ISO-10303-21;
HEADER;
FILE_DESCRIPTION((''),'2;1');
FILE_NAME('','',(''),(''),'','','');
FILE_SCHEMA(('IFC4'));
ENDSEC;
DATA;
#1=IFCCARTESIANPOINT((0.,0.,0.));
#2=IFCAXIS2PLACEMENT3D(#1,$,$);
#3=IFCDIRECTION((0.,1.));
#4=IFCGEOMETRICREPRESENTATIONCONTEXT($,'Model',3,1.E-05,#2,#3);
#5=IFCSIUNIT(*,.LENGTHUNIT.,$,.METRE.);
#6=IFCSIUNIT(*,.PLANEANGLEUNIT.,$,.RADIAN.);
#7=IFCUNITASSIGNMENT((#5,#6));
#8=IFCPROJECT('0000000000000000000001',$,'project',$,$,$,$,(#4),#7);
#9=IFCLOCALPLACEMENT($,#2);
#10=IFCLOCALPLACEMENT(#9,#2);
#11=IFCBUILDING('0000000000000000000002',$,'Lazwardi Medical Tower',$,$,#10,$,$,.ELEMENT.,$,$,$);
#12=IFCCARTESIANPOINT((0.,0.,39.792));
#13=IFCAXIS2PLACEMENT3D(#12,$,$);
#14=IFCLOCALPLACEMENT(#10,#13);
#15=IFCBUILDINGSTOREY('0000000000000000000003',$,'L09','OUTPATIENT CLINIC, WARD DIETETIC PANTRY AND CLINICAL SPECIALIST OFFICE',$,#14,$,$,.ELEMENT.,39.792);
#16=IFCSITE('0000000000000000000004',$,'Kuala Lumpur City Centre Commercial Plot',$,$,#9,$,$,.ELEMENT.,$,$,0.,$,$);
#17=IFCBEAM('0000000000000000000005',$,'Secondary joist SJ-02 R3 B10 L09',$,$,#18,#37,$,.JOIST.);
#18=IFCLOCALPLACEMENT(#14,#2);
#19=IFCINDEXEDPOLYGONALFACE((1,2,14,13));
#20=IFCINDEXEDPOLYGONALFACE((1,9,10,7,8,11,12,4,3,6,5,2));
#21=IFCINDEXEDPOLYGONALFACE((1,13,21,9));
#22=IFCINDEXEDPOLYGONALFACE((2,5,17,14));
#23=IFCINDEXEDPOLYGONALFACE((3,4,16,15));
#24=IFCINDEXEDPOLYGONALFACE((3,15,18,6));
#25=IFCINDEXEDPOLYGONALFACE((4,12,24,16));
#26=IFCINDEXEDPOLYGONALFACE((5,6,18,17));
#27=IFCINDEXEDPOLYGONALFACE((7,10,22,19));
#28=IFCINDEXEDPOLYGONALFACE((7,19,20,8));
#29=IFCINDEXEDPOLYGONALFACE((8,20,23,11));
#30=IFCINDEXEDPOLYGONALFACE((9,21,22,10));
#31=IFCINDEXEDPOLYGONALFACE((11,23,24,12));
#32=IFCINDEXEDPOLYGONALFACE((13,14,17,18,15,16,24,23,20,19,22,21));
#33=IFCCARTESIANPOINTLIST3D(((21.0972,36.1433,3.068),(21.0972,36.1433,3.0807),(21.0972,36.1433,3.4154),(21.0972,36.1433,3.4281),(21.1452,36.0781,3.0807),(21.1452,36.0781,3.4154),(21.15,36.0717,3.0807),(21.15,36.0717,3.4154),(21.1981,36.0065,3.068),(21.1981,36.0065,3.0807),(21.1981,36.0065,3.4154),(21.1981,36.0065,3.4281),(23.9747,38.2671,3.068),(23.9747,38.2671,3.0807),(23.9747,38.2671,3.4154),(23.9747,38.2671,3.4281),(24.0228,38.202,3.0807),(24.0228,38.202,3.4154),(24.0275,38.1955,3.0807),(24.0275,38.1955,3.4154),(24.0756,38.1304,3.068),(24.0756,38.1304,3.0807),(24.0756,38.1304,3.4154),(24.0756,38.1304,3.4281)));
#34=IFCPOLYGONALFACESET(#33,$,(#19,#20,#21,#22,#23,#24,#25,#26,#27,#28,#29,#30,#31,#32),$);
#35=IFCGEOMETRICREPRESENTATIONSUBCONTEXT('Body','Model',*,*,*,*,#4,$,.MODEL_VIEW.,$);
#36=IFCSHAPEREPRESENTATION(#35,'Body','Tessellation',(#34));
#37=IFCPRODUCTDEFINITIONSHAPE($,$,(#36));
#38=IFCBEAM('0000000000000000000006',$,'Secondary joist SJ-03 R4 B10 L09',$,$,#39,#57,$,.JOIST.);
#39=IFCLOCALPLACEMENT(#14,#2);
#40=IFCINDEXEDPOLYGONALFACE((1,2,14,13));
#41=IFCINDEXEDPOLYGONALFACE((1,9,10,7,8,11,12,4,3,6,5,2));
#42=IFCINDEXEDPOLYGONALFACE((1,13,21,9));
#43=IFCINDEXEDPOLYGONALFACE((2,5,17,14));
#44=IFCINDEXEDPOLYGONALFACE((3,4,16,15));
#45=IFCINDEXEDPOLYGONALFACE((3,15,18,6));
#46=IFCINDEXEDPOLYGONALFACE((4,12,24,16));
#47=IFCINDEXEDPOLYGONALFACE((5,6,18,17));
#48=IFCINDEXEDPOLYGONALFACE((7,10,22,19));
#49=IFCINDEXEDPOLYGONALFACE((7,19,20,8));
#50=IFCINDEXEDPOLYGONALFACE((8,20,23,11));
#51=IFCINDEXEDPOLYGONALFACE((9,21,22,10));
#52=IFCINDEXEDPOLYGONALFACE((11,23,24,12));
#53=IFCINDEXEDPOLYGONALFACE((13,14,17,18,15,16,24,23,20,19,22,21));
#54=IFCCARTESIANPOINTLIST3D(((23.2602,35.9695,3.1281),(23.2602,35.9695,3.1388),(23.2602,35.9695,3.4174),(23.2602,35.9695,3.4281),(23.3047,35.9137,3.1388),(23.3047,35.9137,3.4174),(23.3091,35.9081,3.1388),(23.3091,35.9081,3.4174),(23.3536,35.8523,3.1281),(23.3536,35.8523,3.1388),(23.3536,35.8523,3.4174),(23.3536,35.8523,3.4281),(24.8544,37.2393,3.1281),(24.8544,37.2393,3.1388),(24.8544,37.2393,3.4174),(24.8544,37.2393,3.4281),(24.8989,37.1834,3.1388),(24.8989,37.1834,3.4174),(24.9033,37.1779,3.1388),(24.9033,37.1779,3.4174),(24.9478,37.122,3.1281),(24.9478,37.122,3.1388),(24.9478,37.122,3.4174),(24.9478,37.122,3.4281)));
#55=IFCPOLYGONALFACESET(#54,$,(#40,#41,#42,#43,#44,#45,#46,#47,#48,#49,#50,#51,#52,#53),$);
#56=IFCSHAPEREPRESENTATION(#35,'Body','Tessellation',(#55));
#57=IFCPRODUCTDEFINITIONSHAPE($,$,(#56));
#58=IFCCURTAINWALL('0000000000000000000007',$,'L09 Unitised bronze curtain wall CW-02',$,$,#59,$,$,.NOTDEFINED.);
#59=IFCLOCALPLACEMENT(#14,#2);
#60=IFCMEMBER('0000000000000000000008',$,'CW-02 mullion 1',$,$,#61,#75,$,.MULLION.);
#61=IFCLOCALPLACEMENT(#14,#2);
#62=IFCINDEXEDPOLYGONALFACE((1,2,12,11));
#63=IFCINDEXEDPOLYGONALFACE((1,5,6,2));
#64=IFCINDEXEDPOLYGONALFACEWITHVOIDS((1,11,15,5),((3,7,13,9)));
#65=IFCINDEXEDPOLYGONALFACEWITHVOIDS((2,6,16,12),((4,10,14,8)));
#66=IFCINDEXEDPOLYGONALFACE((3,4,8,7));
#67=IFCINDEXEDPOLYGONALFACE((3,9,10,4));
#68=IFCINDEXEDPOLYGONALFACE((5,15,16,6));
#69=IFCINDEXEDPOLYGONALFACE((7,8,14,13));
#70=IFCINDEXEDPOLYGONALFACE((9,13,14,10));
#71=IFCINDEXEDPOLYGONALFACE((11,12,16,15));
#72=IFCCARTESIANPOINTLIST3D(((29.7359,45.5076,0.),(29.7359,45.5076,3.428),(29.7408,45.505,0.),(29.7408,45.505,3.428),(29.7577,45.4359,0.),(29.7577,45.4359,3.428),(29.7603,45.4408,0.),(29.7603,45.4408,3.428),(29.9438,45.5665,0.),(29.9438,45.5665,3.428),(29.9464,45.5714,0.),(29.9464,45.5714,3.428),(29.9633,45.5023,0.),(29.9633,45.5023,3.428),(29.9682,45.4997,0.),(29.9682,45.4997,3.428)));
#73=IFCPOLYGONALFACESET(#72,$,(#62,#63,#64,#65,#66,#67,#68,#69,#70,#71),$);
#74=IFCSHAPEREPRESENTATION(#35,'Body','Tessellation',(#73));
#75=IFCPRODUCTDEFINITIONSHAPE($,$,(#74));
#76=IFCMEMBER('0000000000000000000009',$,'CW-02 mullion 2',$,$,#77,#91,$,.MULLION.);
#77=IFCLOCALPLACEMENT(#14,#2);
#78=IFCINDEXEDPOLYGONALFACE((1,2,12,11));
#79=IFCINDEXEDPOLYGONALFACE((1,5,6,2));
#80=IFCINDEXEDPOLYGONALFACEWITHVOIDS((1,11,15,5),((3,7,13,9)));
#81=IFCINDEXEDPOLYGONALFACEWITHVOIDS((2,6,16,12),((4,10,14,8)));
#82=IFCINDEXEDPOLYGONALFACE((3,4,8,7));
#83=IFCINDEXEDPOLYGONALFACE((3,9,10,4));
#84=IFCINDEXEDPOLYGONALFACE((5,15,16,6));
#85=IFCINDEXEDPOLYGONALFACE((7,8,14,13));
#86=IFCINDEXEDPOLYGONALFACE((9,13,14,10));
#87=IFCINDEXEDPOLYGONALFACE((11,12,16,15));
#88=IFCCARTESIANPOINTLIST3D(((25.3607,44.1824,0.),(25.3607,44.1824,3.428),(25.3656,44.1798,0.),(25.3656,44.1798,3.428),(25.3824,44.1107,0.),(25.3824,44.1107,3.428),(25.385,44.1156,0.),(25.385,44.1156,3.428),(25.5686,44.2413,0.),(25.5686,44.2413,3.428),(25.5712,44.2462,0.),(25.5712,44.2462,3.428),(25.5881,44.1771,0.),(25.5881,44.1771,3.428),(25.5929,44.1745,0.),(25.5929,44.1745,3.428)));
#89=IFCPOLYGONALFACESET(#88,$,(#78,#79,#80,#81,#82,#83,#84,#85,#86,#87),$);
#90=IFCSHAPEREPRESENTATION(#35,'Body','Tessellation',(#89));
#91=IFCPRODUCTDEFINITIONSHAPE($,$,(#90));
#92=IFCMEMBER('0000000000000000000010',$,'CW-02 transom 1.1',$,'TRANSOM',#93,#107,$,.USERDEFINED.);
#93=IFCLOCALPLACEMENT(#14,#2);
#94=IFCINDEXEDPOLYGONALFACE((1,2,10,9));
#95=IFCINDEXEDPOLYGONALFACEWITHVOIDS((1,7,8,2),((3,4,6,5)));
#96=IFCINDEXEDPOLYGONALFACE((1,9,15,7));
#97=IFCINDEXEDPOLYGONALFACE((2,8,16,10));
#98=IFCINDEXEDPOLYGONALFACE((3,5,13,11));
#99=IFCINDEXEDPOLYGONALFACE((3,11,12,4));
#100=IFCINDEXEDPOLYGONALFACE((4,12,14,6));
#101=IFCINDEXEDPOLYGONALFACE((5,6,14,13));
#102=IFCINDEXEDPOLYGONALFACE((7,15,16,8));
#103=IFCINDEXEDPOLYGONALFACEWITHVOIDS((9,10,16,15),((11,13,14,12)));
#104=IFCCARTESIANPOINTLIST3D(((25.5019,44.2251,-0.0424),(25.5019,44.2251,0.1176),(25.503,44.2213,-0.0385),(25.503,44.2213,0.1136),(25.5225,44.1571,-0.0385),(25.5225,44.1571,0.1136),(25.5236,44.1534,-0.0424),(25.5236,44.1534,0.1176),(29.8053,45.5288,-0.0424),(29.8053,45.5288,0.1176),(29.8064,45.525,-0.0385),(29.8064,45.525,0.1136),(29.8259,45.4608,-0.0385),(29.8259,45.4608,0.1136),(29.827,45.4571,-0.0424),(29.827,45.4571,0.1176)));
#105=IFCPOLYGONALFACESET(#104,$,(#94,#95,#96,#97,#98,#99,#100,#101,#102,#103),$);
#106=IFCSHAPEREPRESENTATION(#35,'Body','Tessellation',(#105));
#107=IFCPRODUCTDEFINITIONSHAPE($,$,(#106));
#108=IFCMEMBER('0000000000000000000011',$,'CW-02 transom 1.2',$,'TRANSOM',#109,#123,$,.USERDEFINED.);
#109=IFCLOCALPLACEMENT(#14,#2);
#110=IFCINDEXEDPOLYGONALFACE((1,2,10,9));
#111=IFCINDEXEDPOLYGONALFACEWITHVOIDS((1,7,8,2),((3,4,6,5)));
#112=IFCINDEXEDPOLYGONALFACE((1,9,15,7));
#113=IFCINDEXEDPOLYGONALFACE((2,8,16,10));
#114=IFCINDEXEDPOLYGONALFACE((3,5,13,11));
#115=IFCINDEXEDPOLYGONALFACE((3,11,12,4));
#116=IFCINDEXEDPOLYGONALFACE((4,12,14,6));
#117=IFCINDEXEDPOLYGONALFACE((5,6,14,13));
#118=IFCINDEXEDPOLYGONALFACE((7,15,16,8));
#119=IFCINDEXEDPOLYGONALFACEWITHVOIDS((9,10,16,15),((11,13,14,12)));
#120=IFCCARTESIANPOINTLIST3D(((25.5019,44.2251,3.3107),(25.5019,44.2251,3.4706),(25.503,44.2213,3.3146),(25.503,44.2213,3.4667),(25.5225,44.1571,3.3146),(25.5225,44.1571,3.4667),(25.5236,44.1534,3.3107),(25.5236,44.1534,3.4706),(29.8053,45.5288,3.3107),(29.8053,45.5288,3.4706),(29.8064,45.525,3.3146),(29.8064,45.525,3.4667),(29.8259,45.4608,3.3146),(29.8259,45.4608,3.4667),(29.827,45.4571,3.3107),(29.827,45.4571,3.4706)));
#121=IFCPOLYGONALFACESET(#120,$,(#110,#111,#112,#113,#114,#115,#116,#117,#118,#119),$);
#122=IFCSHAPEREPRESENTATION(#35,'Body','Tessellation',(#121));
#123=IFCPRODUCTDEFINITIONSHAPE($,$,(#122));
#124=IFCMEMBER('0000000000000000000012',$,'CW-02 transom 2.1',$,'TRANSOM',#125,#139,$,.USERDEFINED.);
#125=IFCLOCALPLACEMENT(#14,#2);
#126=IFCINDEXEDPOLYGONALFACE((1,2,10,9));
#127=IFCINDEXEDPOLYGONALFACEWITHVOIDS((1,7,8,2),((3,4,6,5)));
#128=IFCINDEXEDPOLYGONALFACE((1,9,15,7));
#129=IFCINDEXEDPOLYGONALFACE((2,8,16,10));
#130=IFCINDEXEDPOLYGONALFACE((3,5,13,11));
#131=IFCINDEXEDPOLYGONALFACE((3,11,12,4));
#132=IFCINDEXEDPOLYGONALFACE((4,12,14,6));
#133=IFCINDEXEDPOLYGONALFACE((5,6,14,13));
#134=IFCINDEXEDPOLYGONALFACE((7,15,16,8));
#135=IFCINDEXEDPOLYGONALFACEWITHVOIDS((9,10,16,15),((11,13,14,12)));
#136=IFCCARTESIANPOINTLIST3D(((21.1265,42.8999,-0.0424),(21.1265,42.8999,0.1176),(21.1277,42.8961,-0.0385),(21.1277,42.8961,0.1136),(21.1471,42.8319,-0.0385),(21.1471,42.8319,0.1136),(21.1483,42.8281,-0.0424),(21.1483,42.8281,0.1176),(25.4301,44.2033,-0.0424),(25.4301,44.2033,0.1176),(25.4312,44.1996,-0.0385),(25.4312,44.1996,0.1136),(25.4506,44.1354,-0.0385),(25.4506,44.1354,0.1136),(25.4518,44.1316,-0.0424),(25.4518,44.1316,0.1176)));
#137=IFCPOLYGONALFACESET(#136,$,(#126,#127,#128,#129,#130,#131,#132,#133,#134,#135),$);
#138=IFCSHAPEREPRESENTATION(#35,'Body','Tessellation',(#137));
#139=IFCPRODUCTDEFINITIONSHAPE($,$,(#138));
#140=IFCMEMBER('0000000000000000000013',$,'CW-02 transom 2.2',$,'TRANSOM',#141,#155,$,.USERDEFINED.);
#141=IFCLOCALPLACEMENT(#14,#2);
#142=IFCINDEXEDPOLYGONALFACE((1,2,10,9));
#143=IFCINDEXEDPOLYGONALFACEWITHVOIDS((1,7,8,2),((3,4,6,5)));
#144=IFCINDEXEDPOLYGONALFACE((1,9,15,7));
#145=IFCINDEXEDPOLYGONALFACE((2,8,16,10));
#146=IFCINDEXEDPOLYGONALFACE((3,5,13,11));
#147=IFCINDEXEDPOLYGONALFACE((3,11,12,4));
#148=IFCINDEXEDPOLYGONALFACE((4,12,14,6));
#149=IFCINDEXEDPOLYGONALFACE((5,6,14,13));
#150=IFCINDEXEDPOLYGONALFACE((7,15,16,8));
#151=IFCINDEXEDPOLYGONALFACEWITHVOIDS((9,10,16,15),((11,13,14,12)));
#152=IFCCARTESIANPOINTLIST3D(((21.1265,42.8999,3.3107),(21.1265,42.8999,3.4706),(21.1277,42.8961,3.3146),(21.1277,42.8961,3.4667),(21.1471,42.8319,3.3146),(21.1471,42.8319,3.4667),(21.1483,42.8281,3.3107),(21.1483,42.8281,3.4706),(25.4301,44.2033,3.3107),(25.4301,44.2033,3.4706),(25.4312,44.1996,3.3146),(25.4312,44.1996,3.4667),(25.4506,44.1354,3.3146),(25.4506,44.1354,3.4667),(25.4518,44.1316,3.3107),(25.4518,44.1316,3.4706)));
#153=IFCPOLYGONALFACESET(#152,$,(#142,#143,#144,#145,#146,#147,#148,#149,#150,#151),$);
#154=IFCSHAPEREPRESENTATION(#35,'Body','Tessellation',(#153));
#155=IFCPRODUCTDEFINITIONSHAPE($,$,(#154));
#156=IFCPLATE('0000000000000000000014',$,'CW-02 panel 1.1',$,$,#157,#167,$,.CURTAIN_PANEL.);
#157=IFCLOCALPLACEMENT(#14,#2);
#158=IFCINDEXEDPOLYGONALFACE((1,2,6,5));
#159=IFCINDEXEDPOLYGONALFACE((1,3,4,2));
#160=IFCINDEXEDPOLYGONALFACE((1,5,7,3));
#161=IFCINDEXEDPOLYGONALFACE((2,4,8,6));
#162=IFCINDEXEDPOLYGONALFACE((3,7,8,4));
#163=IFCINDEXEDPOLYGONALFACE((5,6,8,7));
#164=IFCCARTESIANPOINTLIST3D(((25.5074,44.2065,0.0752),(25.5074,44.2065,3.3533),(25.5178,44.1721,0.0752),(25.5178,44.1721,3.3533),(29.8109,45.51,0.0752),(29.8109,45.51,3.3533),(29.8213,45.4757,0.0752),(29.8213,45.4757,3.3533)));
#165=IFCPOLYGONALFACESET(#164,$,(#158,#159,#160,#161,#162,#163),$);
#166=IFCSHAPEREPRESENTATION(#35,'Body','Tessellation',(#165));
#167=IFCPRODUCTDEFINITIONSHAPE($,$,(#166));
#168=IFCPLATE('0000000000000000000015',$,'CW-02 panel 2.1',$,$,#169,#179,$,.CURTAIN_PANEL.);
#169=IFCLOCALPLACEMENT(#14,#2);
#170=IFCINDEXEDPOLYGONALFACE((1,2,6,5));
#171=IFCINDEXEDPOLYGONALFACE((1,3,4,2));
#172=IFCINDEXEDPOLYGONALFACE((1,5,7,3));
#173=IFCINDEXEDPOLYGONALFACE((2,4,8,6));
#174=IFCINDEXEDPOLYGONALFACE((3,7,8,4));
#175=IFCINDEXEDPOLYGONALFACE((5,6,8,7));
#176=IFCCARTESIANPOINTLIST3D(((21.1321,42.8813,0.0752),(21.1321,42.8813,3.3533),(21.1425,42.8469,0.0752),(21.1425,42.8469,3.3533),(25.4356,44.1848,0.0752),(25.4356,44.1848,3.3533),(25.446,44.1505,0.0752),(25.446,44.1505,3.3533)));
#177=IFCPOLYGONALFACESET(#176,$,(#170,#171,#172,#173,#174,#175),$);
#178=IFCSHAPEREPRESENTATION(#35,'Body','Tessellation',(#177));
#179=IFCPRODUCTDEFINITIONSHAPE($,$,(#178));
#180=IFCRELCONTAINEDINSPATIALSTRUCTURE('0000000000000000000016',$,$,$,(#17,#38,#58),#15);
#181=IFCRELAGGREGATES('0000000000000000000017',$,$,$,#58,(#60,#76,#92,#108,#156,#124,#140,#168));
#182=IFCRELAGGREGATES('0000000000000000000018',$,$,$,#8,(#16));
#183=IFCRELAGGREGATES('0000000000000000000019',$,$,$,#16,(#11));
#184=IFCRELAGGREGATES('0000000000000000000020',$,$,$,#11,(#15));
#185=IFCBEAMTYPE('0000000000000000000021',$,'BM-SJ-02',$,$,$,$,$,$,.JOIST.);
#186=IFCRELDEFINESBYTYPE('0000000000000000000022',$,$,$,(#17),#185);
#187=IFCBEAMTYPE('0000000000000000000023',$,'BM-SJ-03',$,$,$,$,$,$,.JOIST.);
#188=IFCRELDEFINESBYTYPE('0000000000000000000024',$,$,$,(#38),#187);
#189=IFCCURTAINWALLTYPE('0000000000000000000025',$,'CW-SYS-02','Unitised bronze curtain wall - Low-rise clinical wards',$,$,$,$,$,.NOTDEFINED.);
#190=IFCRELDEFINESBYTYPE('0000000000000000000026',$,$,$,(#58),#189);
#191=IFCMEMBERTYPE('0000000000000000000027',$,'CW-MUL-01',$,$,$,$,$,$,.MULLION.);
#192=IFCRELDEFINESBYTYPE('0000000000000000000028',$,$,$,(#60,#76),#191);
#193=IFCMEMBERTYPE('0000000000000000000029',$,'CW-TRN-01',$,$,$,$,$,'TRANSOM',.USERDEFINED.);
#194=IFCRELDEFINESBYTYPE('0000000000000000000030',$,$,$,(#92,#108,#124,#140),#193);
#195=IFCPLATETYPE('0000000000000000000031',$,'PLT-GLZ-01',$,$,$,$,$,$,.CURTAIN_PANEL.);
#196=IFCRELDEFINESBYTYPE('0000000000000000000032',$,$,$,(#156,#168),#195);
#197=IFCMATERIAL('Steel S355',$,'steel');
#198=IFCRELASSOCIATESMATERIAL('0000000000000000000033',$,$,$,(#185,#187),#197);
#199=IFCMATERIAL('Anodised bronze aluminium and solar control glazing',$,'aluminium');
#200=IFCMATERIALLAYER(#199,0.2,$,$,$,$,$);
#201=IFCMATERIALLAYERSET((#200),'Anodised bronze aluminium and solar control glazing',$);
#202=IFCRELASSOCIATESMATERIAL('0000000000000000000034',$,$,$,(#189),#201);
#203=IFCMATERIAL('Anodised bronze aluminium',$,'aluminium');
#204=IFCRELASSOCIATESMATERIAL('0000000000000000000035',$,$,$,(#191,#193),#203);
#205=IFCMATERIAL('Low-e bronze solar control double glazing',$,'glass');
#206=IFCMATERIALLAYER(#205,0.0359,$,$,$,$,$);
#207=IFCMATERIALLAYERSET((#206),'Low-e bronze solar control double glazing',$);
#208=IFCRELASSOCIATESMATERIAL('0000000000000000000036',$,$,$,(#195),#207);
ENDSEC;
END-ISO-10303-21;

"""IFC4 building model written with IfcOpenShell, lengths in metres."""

from ifc_helpers import new_model, si_unit, direction, frame, origin, origin_2d, place, context, subcontext, project, spatial, rectangle, hollow_rectangle, i_section, extrude, material, layer, layer_set, material_profile, profile_set, type_object, element, aggregate, save


model = new_model("IFC4")

# Units and contexts
model_context = context("Model", 3, precision=1e-05, world=origin(), true_north=direction((0.0, 1.0)))
body_context = subcontext(model_context, "Body", "Model", "MODEL_VIEW")
ifc_project = project(units=[si_unit("LENGTHUNIT", "METRE"), si_unit("PLANEANGLEUNIT", "RADIAN")], contexts=[model_context])

# Site, building, storey
site_placement = place(None, origin())
site = spatial("IfcSite", under=ifc_project, at=site_placement, Name="Kuala Lumpur City Centre Commercial Plot", CompositionType="ELEMENT", RefElevation=0.0)
building_placement = place(site_placement, origin())
building = spatial("IfcBuilding", under=site, at=building_placement, Name="Lazwardi Medical Tower", CompositionType="ELEMENT")
storey_placement = place(building_placement, frame((0.0, 0.0, 39.792)))
storey = spatial("IfcBuildingStorey", under=building, at=storey_placement, Name="L09", Description="OUTPATIENT CLINIC, WARD DIETETIC PANTRY AND CLINICAL SPECIALIST OFFICE", CompositionType="ELEMENT", Elevation=39.792)

# Beams
ifc_material_1 = material(Name="Steel S355", Category="steel")
ifc_material_profile_1 = material_profile(ifc_material_1, i_section(OverallWidth=0.1699, OverallDepth=0.3601, WebThickness=0.0081, FlangeThickness=0.0127, at=origin_2d()), Name="IPE 360")
ifc_profile_set_1 = profile_set([ifc_material_profile_1], Name="Steel S355")
beam_type_1 = type_object("IfcBeamType", Name="BM-SJ-02", PredefinedType="JOIST", material=ifc_profile_set_1)
beam_1_placement = place(storey_placement, frame((24.0251, 38.1987, 3.248), z_axis=(-0.80458, -0.593844, 0.0), x_axis=(0.593844, -0.80458, 0.0)))
element("IfcBeam", 1, at=beam_1_placement, inside=storey, type_object=beam_type_1, Name="Secondary joist SJ-02 R3 B10 L09", PredefinedType="JOIST", context=body_context, shape_type="SweptSolid", body=[
    extrude(i_section(OverallWidth=0.1699, OverallDepth=0.3601, WebThickness=0.0081, FlangeThickness=0.0127, at=origin_2d()), origin(), (0.0, 0.0, 1.0), 3.5764),
])
ifc_material_profile_2 = material_profile(ifc_material_1, i_section(OverallWidth=0.1499, OverallDepth=0.3, WebThickness=0.0071, FlangeThickness=0.0107, at=origin_2d()), Name="IPE 300")
ifc_profile_set_2 = profile_set([ifc_material_profile_2], Name="Steel S355")
beam_type_2 = type_object("IfcBeamType", Name="BM-SJ-03", PredefinedType="JOIST", material=ifc_profile_set_2)
beam_2_placement = place(storey_placement, frame((24.9011, 37.1807, 3.2781), z_axis=(-0.782211, -0.623014, 0.0), x_axis=(0.623014, -0.782211, 0.0)))
element("IfcBeam", 2, at=beam_2_placement, inside=storey, type_object=beam_type_2, Name="Secondary joist SJ-03 R4 B10 L09", PredefinedType="JOIST", context=body_context, shape_type="SweptSolid", body=[
    extrude(i_section(OverallWidth=0.1499, OverallDepth=0.3, WebThickness=0.0071, FlangeThickness=0.0107, at=origin_2d()), origin(), (0.0, 0.0, 1.0), 2.0381),
])

# Curtain wall, members, plates
ifc_material_2 = material(Name="Anodised bronze aluminium and solar control glazing", Category="aluminium")
ifc_layer_1 = layer(ifc_material_2, 0.2)
ifc_layer_set_1 = layer_set([ifc_layer_1], Name="Anodised bronze aluminium and solar control glazing")
curtain_wall_type = type_object("IfcCurtainWallType", Name="CW-SYS-02", Description="Unitised bronze curtain wall - Low-rise clinical wards", PredefinedType="NOTDEFINED", material=ifc_layer_set_1)
curtain_wall_placement = place(storey_placement, origin())
curtain_wall = element("IfcCurtainWall", 3, at=curtain_wall_placement, inside=storey, type_object=curtain_wall_type, Name="L09 Unitised bronze curtain wall CW-02", PredefinedType="NOTDEFINED")
ifc_material_3 = material(Name="Anodised bronze aluminium", Category="aluminium")
ifc_material_profile_3 = material_profile(ifc_material_3, hollow_rectangle(XDim=0.075, YDim=0.22, WallThickness=0.0039, at=origin_2d()), Name="ALU-MULLION 220x75x4")
ifc_profile_set_3 = profile_set([ifc_material_profile_3], Name="Anodised bronze aluminium")
member_type_1 = type_object("IfcMemberType", Name="CW-MUL-01", PredefinedType="MULLION", material=ifc_profile_set_3)
member_1_placement = place(storey_placement, frame((29.8521, 45.5037, 0.0), z_axis=(0.0, 0.0, 1.0), x_axis=(0.289896, -0.957058, 0.0)))
member_1 = element("IfcMember", 4, at=member_1_placement, type_object=member_type_1, Name="CW-02 mullion 1", PredefinedType="MULLION", context=body_context, shape_type="SweptSolid", body=[
    extrude(hollow_rectangle(XDim=0.075, YDim=0.22, WallThickness=0.0039, at=origin_2d()), origin(), (0.0, 0.0, 1.0), 3.428),
])
member_2_placement = place(storey_placement, frame((25.4768, 44.1785, 0.0), z_axis=(0.0, 0.0, 1.0), x_axis=(0.289896, -0.957058, 0.0)))
member_2 = element("IfcMember", 5, at=member_2_placement, type_object=member_type_1, Name="CW-02 mullion 2", PredefinedType="MULLION", context=body_context, shape_type="SweptSolid", body=[
    extrude(hollow_rectangle(XDim=0.075, YDim=0.22, WallThickness=0.0039, at=origin_2d()), origin(), (0.0, 0.0, 1.0), 3.428),
])
ifc_material_profile_4 = material_profile(ifc_material_3, hollow_rectangle(XDim=0.075, YDim=0.1599, WallThickness=0.0039, at=origin_2d()), Name="ALU-TRANSOM 160x75x4")
ifc_profile_set_4 = profile_set([ifc_material_profile_4], Name="Anodised bronze aluminium")
member_type_2 = type_object("IfcMemberType", Name="CW-TRN-01", ElementType="TRANSOM", PredefinedType="USERDEFINED", material=ifc_profile_set_4)
member_3_placement = place(storey_placement, frame((29.8162, 45.4929, 0.0376), z_axis=(-0.957047, -0.289932, 0.0), x_axis=(0.289932, -0.957047, 0.0)))
member_3 = element("IfcMember", 6, at=member_3_placement, type_object=member_type_2, Name="CW-02 transom 1.1", ObjectType="TRANSOM", PredefinedType="USERDEFINED", context=body_context, shape_type="SweptSolid", body=[
    extrude(hollow_rectangle(XDim=0.075, YDim=0.1599, WallThickness=0.0039, at=origin_2d()), origin(), (0.0, 0.0, 1.0), 4.4966),
])
member_4_placement = place(storey_placement, frame((29.8162, 45.4929, 3.3906), z_axis=(-0.957047, -0.289932, 0.0), x_axis=(0.289932, -0.957047, 0.0)))
member_4 = element("IfcMember", 7, at=member_4_placement, type_object=member_type_2, Name="CW-02 transom 1.2", ObjectType="TRANSOM", PredefinedType="USERDEFINED", context=body_context, shape_type="SweptSolid", body=[
    extrude(hollow_rectangle(XDim=0.075, YDim=0.1599, WallThickness=0.0039, at=origin_2d()), origin(), (0.0, 0.0, 1.0), 4.4966),
])
member_5_placement = place(storey_placement, frame((25.4409, 44.1675, 0.0376), z_axis=(-0.957062, -0.289882, 0.0), x_axis=(0.289882, -0.957062, 0.0)))
member_5 = element("IfcMember", 8, at=member_5_placement, type_object=member_type_2, Name="CW-02 transom 2.1", ObjectType="TRANSOM", PredefinedType="USERDEFINED", context=body_context, shape_type="SweptSolid", body=[
    extrude(hollow_rectangle(XDim=0.075, YDim=0.1599, WallThickness=0.0039, at=origin_2d()), origin(), (0.0, 0.0, 1.0), 4.4966),
])
member_6_placement = place(storey_placement, frame((25.4409, 44.1675, 3.3906), z_axis=(-0.957062, -0.289882, 0.0), x_axis=(0.289882, -0.957062, 0.0)))
member_6 = element("IfcMember", 9, at=member_6_placement, type_object=member_type_2, Name="CW-02 transom 2.2", ObjectType="TRANSOM", PredefinedType="USERDEFINED", context=body_context, shape_type="SweptSolid", body=[
    extrude(hollow_rectangle(XDim=0.075, YDim=0.1599, WallThickness=0.0039, at=origin_2d()), origin(), (0.0, 0.0, 1.0), 4.4966),
])
ifc_material_4 = material(Name="Low-e bronze solar control double glazing", Category="glass")
ifc_layer_2 = layer(ifc_material_4, 0.0359)
ifc_layer_set_2 = layer_set([ifc_layer_2], Name="Low-e bronze solar control double glazing")
plate_type = type_object("IfcPlateType", Name="PLT-GLZ-01", PredefinedType="CURTAIN_PANEL", material=ifc_layer_set_2)
plate_1_placement = place(storey_placement, frame((27.6643, 44.8411, 0.0752), z_axis=(0.0, 0.0, 1.0), x_axis=(-0.957058, -0.289896, 0.0)))
plate_1 = element("IfcPlate", 10, at=plate_1_placement, type_object=plate_type, Name="CW-02 panel 1.1", PredefinedType="CURTAIN_PANEL", context=body_context, shape_type="SweptSolid", body=[
    extrude(rectangle(XDim=4.4966, YDim=0.0359, at=origin_2d()), origin(), (0.0, 0.0, 1.0), 3.2781),
])
plate_2_placement = place(storey_placement, frame((23.2891, 43.5159, 0.0752), z_axis=(0.0, 0.0, 1.0), x_axis=(-0.957058, -0.289896, 0.0)))
plate_2 = element("IfcPlate", 11, at=plate_2_placement, type_object=plate_type, Name="CW-02 panel 2.1", PredefinedType="CURTAIN_PANEL", context=body_context, shape_type="SweptSolid", body=[
    extrude(rectangle(XDim=4.4966, YDim=0.0359, at=origin_2d()), origin(), (0.0, 0.0, 1.0), 3.2781),
])
aggregate(curtain_wall, [member_1, member_2, member_3, member_4, plate_1, member_5, member_6, plate_2])

save(model, "model.ifc")
